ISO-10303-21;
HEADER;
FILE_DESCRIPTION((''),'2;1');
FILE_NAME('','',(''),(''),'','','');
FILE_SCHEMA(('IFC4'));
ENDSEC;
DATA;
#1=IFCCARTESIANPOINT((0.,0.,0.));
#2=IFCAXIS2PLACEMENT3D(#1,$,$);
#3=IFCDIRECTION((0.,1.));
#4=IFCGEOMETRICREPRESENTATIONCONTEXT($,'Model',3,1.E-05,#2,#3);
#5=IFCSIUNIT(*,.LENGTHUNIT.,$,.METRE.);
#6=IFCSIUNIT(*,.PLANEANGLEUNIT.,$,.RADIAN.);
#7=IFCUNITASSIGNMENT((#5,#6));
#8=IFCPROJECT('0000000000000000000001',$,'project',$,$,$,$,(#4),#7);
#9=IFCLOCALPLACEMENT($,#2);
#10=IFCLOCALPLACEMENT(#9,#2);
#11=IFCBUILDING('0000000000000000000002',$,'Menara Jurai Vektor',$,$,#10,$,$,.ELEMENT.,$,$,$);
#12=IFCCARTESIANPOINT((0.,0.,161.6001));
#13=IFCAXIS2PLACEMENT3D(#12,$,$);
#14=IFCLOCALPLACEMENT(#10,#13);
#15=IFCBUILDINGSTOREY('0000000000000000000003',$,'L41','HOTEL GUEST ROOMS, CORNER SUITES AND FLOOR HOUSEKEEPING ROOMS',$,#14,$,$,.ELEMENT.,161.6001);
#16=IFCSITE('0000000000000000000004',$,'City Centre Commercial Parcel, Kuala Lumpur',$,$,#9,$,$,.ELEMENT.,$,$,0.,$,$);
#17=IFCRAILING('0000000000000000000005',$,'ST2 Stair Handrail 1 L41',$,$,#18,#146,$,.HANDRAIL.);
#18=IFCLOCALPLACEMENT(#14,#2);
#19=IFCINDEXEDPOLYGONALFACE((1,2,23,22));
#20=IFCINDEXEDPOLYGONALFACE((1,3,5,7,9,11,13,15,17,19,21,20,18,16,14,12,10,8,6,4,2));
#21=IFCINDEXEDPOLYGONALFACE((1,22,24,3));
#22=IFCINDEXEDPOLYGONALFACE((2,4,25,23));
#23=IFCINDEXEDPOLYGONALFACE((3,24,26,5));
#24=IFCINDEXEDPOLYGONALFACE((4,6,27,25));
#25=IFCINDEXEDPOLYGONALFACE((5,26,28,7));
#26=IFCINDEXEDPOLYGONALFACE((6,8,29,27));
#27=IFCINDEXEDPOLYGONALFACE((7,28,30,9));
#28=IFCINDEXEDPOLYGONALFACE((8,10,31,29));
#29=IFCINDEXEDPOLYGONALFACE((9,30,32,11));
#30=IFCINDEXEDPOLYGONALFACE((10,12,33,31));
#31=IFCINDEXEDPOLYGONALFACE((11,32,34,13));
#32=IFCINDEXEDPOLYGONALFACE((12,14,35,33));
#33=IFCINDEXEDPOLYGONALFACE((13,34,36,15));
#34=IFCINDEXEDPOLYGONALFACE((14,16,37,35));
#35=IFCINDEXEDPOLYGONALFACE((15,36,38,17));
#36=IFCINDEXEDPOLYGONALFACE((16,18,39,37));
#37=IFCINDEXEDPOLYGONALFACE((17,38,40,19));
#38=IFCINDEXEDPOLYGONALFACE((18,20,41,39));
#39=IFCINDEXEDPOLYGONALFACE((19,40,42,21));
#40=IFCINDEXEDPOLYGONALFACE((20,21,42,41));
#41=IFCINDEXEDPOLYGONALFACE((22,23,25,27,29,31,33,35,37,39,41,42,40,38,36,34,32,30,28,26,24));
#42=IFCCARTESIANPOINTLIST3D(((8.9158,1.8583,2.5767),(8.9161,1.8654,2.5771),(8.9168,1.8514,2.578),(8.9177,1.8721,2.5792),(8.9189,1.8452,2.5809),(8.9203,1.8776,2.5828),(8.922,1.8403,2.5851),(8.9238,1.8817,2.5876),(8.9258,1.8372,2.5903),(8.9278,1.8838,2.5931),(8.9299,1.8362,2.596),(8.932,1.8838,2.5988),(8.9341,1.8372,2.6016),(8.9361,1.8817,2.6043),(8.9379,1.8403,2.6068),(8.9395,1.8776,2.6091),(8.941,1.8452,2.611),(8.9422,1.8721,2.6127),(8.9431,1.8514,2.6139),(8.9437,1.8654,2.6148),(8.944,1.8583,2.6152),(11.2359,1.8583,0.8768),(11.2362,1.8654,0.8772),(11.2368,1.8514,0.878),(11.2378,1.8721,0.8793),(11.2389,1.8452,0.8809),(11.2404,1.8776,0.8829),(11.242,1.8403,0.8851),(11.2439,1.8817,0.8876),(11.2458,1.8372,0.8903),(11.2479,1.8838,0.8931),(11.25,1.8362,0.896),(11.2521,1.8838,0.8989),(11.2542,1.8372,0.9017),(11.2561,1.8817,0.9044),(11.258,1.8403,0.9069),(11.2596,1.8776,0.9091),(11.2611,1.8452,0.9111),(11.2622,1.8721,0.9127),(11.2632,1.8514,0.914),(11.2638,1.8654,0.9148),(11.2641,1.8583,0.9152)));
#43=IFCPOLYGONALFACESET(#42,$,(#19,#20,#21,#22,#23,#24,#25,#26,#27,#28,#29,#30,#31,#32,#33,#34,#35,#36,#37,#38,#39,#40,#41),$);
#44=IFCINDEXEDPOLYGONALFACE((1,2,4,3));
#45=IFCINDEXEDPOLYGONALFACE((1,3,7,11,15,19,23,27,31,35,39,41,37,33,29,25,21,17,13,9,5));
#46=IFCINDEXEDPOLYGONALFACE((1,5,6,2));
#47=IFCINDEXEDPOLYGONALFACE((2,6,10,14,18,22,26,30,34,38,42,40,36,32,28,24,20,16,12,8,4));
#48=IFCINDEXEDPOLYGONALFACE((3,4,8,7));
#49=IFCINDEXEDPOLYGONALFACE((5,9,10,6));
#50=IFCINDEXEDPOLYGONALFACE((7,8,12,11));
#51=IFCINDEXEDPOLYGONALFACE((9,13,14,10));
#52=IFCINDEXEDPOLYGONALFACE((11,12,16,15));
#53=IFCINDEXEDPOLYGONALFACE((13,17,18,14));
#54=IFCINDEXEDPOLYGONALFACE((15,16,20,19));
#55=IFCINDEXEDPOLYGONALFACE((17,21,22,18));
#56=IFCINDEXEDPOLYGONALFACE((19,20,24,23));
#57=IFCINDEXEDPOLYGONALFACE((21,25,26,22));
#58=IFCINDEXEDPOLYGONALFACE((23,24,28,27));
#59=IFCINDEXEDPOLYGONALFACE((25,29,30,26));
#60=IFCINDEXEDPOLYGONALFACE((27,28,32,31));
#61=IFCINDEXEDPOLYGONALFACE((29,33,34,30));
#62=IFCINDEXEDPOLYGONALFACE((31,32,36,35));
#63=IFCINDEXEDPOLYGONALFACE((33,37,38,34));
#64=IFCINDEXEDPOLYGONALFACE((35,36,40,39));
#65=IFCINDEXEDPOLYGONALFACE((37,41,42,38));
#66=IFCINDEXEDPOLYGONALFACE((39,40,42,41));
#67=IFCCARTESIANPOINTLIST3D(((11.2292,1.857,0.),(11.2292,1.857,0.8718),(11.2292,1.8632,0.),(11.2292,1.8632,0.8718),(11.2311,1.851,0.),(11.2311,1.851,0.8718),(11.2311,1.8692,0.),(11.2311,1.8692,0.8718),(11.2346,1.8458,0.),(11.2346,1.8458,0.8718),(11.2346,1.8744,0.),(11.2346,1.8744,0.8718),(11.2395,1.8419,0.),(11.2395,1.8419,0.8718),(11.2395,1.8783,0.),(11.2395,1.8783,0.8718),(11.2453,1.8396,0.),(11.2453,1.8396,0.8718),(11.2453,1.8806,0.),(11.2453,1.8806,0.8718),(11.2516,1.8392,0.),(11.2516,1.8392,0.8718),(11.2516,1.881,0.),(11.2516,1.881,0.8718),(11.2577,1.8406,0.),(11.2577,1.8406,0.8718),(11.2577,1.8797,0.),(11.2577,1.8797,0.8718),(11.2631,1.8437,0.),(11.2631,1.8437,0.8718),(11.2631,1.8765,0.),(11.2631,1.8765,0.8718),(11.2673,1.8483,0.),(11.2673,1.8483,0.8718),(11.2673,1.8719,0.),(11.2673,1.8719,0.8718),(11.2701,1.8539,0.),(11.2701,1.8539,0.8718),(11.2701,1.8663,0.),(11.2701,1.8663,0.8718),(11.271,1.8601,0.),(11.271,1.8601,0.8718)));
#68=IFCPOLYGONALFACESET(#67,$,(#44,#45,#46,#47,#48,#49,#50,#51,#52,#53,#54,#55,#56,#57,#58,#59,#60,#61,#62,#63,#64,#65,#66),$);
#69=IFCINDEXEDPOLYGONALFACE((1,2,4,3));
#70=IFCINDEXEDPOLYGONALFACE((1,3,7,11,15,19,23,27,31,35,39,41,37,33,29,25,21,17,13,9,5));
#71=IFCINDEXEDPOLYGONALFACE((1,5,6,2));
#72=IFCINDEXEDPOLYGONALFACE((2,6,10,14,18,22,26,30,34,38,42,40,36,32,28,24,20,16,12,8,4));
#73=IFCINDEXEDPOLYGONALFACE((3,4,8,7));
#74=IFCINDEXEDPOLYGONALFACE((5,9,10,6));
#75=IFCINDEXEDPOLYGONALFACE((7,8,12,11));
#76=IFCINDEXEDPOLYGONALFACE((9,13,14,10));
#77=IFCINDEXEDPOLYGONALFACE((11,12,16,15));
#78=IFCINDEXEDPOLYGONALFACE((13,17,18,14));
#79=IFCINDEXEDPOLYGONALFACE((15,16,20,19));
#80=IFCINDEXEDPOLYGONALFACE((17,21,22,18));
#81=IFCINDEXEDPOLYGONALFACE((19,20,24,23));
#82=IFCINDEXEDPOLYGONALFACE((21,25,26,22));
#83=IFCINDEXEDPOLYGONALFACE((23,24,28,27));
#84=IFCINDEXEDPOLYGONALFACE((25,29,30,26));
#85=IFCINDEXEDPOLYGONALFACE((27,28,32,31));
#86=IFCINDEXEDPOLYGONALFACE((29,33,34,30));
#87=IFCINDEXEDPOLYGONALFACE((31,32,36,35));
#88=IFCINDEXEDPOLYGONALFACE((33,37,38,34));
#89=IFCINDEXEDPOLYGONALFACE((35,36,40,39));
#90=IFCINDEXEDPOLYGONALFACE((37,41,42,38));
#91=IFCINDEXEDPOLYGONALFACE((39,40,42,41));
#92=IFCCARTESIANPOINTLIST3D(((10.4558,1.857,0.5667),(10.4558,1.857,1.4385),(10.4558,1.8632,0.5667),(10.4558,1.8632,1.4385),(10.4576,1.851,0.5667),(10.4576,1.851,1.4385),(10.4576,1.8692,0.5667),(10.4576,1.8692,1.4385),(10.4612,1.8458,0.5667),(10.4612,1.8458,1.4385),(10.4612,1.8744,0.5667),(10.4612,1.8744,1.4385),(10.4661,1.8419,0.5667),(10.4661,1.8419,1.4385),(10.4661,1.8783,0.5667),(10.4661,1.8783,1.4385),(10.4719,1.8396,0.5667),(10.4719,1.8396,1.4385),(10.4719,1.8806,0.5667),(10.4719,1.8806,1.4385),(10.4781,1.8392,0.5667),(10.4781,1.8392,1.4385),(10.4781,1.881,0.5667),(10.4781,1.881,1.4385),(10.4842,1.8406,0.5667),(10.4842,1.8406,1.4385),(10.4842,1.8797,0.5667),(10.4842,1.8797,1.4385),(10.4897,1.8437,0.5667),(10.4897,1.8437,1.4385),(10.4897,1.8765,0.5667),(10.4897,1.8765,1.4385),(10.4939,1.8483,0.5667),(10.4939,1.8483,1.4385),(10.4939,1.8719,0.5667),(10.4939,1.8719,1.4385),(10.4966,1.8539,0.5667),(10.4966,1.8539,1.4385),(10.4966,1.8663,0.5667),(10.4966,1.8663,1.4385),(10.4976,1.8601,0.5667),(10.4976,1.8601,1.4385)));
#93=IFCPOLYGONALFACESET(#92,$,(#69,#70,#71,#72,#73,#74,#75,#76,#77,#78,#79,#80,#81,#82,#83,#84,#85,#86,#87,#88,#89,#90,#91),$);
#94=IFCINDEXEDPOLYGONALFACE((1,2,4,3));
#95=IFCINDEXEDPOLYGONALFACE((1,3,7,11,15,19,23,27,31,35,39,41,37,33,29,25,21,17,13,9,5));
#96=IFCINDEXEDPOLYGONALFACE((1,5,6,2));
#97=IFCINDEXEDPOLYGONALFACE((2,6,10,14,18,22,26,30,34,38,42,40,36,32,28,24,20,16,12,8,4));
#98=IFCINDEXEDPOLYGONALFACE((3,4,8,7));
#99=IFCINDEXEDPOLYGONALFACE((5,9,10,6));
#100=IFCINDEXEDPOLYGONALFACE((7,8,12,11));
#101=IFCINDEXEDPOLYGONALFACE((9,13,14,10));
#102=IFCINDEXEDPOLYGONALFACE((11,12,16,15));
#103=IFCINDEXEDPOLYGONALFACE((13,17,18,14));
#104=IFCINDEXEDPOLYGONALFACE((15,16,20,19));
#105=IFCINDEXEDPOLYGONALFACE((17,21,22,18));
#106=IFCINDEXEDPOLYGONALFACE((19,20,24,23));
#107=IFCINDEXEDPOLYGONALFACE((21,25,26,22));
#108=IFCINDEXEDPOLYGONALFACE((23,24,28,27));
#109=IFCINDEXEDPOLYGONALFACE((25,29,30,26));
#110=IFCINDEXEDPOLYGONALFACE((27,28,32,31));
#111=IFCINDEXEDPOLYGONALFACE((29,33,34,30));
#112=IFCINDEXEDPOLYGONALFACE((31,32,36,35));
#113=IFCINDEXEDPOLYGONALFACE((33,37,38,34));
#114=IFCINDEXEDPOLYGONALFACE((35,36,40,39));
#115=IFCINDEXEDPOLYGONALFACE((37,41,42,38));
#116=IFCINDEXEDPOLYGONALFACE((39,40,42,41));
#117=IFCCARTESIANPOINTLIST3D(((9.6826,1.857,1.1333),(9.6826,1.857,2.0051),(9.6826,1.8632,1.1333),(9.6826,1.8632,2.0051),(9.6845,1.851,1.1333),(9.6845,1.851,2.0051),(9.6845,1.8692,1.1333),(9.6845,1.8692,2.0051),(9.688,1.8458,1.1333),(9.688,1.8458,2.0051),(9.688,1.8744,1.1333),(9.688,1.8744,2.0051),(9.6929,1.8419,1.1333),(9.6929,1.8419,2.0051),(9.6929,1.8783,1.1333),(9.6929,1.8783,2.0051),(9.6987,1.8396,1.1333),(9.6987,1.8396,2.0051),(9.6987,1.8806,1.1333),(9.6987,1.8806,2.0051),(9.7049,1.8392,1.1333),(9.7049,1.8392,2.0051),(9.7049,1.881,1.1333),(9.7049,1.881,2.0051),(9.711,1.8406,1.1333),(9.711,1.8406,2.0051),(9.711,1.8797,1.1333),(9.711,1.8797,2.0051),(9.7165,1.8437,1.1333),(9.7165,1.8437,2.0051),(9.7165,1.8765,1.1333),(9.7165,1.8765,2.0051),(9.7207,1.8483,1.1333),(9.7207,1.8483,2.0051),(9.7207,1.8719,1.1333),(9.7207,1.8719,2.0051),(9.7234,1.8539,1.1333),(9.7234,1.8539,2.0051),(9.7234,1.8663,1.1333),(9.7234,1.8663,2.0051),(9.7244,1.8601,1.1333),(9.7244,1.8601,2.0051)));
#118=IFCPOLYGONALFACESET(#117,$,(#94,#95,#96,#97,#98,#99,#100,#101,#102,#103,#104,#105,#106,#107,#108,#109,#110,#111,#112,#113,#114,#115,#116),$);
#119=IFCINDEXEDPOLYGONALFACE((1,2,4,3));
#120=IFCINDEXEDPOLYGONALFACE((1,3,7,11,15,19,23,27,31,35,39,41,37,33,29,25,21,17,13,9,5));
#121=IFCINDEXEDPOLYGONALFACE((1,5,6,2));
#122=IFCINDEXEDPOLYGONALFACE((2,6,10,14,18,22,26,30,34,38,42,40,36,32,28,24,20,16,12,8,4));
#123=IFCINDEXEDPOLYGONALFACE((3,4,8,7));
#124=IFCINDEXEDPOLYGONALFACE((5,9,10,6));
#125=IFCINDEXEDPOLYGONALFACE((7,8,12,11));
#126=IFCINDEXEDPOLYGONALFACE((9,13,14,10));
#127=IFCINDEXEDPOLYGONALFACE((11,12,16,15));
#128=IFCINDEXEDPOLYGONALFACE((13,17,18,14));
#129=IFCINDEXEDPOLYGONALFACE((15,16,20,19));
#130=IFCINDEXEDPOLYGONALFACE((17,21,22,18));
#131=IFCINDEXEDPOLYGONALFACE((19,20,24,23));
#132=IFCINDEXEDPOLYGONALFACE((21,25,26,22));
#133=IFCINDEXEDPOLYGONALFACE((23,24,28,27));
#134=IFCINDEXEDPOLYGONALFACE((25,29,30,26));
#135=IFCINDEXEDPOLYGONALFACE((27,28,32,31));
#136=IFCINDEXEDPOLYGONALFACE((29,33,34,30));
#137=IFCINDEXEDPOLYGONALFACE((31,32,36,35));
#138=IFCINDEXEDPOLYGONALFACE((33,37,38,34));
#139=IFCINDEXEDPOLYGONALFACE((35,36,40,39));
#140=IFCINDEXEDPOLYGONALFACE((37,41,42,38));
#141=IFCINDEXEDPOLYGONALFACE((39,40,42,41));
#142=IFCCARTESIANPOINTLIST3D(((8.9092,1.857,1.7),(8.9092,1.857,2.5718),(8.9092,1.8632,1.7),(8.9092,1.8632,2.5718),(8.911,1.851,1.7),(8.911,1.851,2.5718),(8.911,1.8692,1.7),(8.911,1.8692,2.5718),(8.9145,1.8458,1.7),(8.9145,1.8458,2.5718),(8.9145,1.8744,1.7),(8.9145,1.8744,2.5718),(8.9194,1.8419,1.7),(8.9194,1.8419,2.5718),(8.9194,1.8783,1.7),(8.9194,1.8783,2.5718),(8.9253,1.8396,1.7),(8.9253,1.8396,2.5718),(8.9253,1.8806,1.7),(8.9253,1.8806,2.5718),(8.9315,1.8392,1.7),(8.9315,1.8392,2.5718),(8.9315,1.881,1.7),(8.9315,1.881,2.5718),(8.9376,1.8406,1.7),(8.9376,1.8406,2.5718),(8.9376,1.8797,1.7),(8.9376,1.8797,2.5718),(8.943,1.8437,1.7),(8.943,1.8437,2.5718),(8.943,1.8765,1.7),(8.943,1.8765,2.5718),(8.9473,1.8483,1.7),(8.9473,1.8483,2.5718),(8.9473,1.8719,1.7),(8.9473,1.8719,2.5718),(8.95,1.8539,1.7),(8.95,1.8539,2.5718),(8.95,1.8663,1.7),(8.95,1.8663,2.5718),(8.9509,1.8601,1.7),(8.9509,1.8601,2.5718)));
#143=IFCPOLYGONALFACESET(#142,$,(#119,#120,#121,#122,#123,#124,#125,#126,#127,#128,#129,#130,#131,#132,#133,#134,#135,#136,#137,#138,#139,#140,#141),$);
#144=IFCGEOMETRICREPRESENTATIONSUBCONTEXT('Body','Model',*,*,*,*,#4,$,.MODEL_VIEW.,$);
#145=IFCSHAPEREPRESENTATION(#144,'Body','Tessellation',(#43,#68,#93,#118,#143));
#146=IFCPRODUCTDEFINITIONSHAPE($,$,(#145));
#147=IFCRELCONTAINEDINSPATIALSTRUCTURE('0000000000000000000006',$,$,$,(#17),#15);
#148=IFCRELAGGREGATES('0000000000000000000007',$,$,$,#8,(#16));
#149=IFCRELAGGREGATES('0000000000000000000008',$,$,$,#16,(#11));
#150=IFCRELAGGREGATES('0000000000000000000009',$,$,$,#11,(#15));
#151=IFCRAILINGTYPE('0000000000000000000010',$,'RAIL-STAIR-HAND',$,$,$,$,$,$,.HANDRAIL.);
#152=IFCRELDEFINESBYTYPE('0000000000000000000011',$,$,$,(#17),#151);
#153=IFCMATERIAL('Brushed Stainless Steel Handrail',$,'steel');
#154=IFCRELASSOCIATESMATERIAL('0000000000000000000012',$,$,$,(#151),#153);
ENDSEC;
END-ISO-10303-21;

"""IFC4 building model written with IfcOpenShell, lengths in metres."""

from ifc_helpers import new_model, si_unit, direction, frame, origin, origin_2d, place, context, subcontext, project, spatial, circle, extrude, material, type_object, element, save


model = new_model("IFC4")

# Units and contexts
model_context = context("Model", 3, precision=1e-05, world=origin(), true_north=direction((0.0, 1.0)))
body_context = subcontext(model_context, "Body", "Model", "MODEL_VIEW")
ifc_project = project(units=[si_unit("LENGTHUNIT", "METRE"), si_unit("PLANEANGLEUNIT", "RADIAN")], contexts=[model_context])

# Site, building, storey
site_placement = place(None, origin())
site = spatial("IfcSite", under=ifc_project, at=site_placement, Name="City Centre Commercial Parcel, Kuala Lumpur", CompositionType="ELEMENT", RefElevation=0.0)
building_placement = place(site_placement, origin())
building = spatial("IfcBuilding", under=site, at=building_placement, Name="Menara Jurai Vektor", CompositionType="ELEMENT")
storey_placement = place(building_placement, frame((0.0, 0.0, 161.6001)))
storey = spatial("IfcBuildingStorey", under=building, at=storey_placement, Name="L41", Description="HOTEL GUEST ROOMS, CORNER SUITES AND FLOOR HOUSEKEEPING ROOMS", CompositionType="ELEMENT", Elevation=161.6001)

# Railing
ifc_material_1 = material(Name="Brushed Stainless Steel Handrail", Category="steel")
railing_type_1 = type_object("IfcRailingType", Name="RAIL-STAIR-HAND", PredefinedType="HANDRAIL", material=ifc_material_1)
railing_1_placement = place(storey_placement, frame((11.25, 1.8601, 0.0)))
element("IfcRailing", 1, at=railing_1_placement, inside=storey, type_object=railing_type_1, Name="ST2 Stair Handrail 1 L41", PredefinedType="HANDRAIL", context=body_context, shape_type="SweptSolid", body=[
    extrude(circle(Radius=0.0239, at=origin_2d()), frame((0.0, 0.0, 0.896), z_axis=(-0.806642, 0.0, 0.59104), x_axis=(0.0, -1.0, 0.0)), (0.0, 0.0, 1.0), 2.8762),
    extrude(circle(Radius=0.021, at=origin_2d()), origin(), (0.0, 0.0, 1.0), 0.8718),
    extrude(circle(Radius=0.021, at=origin_2d()), frame((-0.7734, 0.0, 0.5667)), (0.0, 0.0, 1.0), 0.8718),
    extrude(circle(Radius=0.021, at=origin_2d()), frame((-1.5466, 0.0, 1.1333)), (0.0, 0.0, 1.0), 0.8718),
    extrude(circle(Radius=0.021, at=origin_2d()), frame((-2.3201, 0.0, 1.7)), (0.0, 0.0, 1.0), 0.8718),
])

save(model, "model.ifc")
